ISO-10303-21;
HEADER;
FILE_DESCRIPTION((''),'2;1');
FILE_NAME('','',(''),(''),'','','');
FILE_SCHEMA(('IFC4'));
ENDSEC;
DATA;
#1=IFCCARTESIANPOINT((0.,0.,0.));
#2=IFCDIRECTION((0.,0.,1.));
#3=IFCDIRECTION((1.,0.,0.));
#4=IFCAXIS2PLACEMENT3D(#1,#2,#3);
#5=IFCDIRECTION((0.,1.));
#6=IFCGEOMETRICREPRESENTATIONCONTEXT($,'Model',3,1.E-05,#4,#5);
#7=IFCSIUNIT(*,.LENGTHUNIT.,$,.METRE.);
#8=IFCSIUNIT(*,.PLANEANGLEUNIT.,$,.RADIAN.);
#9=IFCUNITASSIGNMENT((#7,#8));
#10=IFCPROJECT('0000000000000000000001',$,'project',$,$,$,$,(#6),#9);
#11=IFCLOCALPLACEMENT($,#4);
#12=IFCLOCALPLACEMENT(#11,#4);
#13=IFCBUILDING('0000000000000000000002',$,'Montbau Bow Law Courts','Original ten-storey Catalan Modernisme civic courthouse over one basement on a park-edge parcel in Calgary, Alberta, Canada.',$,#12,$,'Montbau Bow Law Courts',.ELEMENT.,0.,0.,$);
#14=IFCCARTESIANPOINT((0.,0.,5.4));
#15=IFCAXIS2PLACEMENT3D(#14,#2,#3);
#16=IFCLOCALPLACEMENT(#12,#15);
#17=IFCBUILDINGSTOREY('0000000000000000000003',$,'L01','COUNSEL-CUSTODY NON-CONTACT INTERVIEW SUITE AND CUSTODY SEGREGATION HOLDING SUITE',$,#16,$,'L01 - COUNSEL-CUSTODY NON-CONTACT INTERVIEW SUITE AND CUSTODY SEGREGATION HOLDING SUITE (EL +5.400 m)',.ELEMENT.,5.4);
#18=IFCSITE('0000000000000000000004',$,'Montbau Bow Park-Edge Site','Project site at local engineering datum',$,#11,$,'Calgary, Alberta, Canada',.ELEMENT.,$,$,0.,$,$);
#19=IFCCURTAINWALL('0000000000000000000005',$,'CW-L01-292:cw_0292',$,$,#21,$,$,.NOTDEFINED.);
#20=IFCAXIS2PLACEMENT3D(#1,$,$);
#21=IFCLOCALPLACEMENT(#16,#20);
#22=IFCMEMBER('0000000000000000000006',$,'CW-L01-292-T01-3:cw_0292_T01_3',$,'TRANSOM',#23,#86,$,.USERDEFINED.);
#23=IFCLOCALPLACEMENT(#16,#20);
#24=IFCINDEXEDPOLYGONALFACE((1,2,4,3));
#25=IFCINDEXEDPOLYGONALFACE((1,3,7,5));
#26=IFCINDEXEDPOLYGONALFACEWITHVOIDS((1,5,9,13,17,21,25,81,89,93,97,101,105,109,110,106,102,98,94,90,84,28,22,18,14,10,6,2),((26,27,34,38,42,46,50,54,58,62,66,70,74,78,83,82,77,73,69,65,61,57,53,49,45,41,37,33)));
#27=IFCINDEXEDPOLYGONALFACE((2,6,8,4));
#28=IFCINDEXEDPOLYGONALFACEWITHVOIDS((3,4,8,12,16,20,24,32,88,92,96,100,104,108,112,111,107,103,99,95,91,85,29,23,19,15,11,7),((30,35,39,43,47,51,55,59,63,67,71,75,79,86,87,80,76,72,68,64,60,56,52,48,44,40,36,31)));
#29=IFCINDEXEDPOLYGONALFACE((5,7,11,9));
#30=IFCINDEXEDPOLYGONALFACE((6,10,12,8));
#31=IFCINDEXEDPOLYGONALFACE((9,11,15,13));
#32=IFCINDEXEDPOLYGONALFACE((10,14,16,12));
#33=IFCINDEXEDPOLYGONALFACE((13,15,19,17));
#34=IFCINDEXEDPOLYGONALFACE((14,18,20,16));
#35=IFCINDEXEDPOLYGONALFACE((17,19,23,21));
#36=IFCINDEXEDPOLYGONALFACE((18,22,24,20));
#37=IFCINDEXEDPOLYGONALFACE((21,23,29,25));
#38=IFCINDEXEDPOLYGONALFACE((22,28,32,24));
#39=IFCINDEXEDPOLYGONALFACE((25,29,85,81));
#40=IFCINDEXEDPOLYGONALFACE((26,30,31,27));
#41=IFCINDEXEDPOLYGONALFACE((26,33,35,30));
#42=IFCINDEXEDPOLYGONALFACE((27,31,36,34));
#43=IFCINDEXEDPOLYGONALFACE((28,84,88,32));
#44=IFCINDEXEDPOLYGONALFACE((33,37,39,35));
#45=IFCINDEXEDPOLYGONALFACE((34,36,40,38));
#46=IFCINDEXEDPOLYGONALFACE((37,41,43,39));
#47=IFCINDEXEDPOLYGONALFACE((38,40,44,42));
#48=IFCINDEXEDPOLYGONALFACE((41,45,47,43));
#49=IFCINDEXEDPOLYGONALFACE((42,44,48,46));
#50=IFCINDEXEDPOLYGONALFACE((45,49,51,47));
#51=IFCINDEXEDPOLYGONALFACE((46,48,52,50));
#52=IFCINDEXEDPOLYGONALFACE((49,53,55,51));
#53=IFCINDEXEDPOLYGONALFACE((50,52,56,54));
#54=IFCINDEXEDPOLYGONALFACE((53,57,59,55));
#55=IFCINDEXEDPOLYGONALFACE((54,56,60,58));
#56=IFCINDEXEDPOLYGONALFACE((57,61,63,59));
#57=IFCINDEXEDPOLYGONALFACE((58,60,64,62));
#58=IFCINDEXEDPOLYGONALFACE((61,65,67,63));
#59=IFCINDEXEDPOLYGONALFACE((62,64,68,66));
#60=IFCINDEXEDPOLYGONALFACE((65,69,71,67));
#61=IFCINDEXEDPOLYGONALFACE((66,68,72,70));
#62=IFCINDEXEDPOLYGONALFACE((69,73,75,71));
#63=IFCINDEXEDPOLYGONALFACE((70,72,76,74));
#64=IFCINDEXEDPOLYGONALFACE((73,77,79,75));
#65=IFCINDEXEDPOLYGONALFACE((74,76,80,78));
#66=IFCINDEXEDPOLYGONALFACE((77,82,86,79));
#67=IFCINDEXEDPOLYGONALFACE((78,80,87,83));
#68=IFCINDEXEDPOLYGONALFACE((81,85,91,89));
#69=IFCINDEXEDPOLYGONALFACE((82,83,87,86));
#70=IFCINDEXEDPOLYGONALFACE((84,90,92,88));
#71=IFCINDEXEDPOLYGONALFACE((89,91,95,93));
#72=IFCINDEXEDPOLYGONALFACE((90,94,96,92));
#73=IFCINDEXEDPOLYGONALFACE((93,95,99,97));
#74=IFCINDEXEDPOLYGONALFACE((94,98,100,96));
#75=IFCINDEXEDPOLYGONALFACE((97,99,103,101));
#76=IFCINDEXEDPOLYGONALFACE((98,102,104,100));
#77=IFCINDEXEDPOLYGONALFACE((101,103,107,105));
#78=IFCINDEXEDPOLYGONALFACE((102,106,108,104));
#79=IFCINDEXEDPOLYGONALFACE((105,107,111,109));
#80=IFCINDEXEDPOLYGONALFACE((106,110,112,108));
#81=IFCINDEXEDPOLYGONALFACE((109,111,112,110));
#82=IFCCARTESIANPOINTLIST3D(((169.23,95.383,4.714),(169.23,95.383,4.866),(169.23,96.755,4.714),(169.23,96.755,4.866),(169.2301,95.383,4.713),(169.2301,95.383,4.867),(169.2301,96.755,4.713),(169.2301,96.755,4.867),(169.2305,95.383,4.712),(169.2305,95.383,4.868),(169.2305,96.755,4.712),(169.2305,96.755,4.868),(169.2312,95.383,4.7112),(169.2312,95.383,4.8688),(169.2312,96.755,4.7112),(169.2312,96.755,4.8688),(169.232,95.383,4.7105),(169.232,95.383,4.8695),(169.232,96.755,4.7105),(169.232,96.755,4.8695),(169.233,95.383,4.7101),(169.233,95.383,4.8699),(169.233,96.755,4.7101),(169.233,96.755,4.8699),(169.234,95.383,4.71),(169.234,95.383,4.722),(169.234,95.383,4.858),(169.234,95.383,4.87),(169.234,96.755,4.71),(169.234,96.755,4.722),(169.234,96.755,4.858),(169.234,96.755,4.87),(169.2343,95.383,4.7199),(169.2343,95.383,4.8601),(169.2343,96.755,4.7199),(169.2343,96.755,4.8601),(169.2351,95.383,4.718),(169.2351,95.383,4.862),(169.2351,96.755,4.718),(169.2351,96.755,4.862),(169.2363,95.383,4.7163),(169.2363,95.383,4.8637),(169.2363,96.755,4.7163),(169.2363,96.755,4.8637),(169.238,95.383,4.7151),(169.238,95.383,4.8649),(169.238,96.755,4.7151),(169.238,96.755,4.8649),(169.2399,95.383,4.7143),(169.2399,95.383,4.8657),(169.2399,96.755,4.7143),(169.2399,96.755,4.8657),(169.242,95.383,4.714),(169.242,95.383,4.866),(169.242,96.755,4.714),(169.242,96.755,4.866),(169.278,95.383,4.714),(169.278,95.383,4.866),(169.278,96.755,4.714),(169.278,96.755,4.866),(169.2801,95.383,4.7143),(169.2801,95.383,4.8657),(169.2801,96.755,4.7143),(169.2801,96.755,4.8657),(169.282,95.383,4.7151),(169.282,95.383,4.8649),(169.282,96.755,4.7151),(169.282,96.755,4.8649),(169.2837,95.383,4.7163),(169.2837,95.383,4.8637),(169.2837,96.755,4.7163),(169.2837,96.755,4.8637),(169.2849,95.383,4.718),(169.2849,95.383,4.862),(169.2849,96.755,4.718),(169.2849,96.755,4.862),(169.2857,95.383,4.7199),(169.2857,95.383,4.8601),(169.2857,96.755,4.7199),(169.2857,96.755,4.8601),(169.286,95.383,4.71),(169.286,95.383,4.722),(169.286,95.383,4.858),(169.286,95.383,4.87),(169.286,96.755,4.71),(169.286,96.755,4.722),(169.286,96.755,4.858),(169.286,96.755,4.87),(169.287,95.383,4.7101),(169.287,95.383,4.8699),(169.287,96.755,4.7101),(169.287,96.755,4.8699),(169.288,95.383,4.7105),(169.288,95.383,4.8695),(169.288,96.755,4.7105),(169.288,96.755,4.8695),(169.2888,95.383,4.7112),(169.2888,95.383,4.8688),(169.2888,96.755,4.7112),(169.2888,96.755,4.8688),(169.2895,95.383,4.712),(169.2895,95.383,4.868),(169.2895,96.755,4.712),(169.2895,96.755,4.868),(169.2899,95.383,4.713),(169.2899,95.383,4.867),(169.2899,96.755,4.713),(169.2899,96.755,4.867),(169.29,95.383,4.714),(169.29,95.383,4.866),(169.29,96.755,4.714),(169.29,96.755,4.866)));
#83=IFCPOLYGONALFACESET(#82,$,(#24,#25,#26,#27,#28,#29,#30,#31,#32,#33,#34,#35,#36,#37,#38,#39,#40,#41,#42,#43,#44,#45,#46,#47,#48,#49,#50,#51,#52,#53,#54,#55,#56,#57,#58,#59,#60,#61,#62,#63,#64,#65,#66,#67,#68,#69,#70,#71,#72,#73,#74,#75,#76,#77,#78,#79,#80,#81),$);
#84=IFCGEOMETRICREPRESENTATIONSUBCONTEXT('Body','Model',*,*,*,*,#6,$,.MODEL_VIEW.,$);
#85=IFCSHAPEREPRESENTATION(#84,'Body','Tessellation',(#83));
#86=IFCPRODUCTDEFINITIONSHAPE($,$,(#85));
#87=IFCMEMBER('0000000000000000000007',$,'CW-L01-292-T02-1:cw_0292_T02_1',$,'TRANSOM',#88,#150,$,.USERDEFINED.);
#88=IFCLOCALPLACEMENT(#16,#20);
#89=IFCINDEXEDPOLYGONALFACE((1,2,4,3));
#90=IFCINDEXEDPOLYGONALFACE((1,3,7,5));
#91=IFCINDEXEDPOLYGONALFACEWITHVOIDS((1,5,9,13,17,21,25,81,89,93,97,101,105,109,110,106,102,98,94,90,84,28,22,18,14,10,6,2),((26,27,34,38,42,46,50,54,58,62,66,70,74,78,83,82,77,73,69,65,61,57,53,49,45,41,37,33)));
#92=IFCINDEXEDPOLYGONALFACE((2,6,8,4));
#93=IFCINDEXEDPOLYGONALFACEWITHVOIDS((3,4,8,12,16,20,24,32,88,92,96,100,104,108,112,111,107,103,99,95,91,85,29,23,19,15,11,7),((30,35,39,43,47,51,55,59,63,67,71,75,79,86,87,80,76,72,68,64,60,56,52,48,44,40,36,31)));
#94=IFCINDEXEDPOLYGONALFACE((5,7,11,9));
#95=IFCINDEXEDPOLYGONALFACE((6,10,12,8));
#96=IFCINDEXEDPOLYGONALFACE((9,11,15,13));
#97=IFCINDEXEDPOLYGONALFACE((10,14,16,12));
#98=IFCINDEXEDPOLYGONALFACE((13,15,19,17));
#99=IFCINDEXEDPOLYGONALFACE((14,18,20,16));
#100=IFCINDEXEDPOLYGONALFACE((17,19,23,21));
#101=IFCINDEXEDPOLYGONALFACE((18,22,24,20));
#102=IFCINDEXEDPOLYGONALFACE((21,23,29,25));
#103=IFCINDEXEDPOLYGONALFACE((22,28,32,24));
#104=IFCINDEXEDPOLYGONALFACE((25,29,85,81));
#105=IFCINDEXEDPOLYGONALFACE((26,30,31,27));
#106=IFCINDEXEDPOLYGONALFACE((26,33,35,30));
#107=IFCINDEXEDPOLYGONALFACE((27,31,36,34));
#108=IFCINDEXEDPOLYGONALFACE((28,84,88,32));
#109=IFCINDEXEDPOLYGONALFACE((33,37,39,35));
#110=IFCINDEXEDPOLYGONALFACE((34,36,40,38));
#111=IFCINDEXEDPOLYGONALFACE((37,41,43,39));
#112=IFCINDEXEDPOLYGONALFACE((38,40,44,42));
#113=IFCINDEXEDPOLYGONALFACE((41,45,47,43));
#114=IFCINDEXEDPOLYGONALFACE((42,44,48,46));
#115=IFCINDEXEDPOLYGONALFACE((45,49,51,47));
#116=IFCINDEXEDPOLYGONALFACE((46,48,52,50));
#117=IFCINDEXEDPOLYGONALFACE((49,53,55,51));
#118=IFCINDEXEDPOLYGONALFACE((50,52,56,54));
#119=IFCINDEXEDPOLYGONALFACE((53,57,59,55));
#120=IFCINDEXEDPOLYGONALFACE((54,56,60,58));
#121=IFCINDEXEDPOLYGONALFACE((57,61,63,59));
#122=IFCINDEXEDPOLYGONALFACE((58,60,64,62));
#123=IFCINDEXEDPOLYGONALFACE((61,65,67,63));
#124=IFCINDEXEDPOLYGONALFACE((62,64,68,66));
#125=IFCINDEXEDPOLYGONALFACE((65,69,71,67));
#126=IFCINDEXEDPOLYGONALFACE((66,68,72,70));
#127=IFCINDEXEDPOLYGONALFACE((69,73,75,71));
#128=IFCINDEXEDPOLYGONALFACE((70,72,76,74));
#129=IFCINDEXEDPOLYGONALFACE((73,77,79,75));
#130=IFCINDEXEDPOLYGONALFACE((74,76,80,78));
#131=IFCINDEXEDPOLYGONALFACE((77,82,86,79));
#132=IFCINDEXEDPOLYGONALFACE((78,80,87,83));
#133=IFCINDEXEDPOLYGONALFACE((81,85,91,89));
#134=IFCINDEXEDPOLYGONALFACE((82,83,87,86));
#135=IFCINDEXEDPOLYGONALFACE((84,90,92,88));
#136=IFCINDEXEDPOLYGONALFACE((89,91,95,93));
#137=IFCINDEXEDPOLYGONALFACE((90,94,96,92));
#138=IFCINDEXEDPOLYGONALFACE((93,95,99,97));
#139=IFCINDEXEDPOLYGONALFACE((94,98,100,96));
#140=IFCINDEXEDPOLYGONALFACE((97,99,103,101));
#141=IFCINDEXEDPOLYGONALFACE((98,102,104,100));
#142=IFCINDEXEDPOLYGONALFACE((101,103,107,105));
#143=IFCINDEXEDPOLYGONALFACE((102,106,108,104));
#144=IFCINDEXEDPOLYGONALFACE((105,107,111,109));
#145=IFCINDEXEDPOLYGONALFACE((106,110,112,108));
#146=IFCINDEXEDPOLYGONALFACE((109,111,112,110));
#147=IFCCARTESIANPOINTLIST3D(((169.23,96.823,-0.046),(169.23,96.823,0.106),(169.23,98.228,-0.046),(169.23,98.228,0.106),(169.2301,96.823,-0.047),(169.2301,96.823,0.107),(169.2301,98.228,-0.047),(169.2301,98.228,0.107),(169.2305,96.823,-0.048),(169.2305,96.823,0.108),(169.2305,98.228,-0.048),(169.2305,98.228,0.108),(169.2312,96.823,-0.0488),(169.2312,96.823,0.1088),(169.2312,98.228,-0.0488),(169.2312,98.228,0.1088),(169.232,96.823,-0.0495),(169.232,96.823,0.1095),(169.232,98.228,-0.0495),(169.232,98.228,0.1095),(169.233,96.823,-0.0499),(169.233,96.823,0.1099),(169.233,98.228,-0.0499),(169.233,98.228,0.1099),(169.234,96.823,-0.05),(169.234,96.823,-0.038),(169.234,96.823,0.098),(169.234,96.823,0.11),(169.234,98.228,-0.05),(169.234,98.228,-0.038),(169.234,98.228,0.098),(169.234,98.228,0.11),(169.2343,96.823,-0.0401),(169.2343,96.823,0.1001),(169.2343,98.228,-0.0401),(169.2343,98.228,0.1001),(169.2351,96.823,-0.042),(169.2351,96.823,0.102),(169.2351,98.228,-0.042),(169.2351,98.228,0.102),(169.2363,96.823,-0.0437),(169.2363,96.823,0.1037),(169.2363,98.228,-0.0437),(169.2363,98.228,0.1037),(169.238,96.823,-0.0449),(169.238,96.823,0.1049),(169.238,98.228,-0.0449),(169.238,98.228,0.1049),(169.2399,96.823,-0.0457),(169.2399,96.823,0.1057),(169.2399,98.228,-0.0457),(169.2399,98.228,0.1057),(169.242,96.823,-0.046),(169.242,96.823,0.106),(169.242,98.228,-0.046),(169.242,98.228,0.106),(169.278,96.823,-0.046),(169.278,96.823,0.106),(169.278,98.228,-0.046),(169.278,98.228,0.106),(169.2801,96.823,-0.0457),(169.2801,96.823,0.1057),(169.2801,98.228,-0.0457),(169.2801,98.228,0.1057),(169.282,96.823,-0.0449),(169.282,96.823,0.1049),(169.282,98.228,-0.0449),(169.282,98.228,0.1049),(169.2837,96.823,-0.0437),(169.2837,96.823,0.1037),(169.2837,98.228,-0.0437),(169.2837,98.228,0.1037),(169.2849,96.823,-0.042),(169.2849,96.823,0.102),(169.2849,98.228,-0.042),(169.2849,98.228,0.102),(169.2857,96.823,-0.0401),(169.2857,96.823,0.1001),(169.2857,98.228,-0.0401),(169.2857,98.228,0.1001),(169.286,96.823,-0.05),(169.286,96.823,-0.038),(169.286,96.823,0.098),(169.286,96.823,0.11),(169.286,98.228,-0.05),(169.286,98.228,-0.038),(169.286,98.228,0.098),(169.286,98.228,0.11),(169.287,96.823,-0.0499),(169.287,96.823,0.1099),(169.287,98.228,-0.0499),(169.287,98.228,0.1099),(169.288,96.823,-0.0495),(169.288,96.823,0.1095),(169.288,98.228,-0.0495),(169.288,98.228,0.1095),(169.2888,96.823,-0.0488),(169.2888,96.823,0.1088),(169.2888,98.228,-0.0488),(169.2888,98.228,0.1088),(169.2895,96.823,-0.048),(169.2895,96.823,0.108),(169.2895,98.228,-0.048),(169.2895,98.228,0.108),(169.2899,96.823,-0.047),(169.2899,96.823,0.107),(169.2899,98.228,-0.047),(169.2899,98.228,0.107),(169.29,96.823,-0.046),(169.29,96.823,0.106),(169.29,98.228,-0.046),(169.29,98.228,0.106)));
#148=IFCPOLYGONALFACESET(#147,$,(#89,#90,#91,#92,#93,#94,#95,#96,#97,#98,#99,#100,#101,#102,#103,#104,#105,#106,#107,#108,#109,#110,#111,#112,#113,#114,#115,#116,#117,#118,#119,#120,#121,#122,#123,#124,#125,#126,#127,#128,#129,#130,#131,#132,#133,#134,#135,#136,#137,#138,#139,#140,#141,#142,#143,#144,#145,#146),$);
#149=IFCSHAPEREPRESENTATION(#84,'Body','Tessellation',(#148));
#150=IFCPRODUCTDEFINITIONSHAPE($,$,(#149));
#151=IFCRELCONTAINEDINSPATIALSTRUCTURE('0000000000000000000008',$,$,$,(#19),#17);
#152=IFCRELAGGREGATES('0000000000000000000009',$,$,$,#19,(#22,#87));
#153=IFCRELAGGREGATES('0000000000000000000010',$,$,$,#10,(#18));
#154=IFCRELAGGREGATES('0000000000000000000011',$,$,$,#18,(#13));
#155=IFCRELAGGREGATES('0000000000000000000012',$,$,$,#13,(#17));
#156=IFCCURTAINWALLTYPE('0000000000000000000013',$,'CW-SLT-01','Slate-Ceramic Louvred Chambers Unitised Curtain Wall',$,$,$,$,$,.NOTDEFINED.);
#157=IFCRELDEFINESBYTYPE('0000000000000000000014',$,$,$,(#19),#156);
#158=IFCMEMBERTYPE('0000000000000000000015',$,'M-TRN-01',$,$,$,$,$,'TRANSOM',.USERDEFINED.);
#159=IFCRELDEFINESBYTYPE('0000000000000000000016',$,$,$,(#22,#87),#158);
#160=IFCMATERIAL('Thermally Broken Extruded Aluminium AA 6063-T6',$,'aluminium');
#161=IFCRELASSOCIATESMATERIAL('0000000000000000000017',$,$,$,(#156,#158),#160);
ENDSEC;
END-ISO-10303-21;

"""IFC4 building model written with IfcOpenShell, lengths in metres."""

from ifc_helpers import new_model, si_unit, direction, frame, origin_with_axes, origin_2d_with_axis, place, context, subcontext, project, spatial, hollow_rectangle, extrude, material, material_profile, profile_set, type_object, element, aggregate, save


model = new_model("IFC4")

# Units and contexts
model_context = context("Model", 3, precision=1e-05, world=origin_with_axes(), true_north=direction((0.0, 1.0)))
body_context = subcontext(model_context, "Body", "Model", "MODEL_VIEW")
ifc_project = project(units=[si_unit("LENGTHUNIT", "METRE"), si_unit("PLANEANGLEUNIT", "RADIAN")], contexts=[model_context])

# Site, building, storey
site_placement = place(None, origin_with_axes())
site = spatial("IfcSite", under=ifc_project, at=site_placement, Name="Montbau Bow Park-Edge Site", Description="Project site at local engineering datum", LongName="Calgary, Alberta, Canada", CompositionType="ELEMENT", RefElevation=0.0)
building_placement = place(site_placement, origin_with_axes())
building = spatial("IfcBuilding", under=site, at=building_placement, Name="Montbau Bow Law Courts", Description="Original ten-storey Catalan Modernisme civic courthouse over one basement on a park-edge parcel in Calgary, Alberta, Canada.", LongName="Montbau Bow Law Courts", CompositionType="ELEMENT", ElevationOfRefHeight=0.0, ElevationOfTerrain=0.0)
storey_placement = place(building_placement, frame((0.0, 0.0, 5.4), z_axis=(0.0, 0.0, 1.0), x_axis=(1.0, 0.0, 0.0)))
storey = spatial("IfcBuildingStorey", under=building, at=storey_placement, Name="L01", Description="COUNSEL-CUSTODY NON-CONTACT INTERVIEW SUITE AND CUSTODY SEGREGATION HOLDING SUITE", LongName="L01 - COUNSEL-CUSTODY NON-CONTACT INTERVIEW SUITE AND CUSTODY SEGREGATION HOLDING SUITE (EL +5.400 m)", CompositionType="ELEMENT", Elevation=5.4)

# Curtain wall, members
ifc_material_1 = material(Name="Thermally Broken Extruded Aluminium AA 6063-T6", Category="aluminium")
curtain_wall_type = type_object("IfcCurtainWallType", Name="CW-SLT-01", Description="Slate-Ceramic Louvred Chambers Unitised Curtain Wall", PredefinedType="NOTDEFINED", material=ifc_material_1)
curtain_wall_1_placement = place(None, frame((169.26, 95.315, 5.4), z_axis=(0.0, 0.0, 1.0), x_axis=(1.0, 0.0, 0.0)))
curtain_wall_1 = element("IfcCurtainWall", 1, at=curtain_wall_1_placement, inside=storey, type_object=curtain_wall_type, Name="CW-L01-292:cw_0292", PredefinedType="NOTDEFINED")
ifc_material_profile_1 = material_profile(ifc_material_1, hollow_rectangle(XDim=0.06, YDim=0.16, WallThickness=0.004, InnerFilletRadius=0.008, OuterFilletRadius=0.004, at=origin_2d_with_axis()), Name="CWT-160X60", Category="Main", Priority=0)
ifc_profile_set_1 = profile_set([ifc_material_profile_1], Name="Thermally Broken Extruded Aluminium AA 6063-T6")
member_type_1 = type_object("IfcMemberType", Name="M-TRN-01", ElementType="TRANSOM", PredefinedType="USERDEFINED", material=ifc_profile_set_1)
member_1_placement = place(None, frame((169.26, 95.383, 10.19), z_axis=(0.0, 1.0, 0.0), x_axis=(-1.0, 0.0, 0.0)))
member_1 = element("IfcMember", 2, at=member_1_placement, type_object=member_type_1, Name="CW-L01-292-T01-3:cw_0292_T01_3", ObjectType="TRANSOM", PredefinedType="USERDEFINED", context=body_context, shape_type="SweptSolid", body=[
    extrude(hollow_rectangle(XDim=0.06, YDim=0.16, WallThickness=0.004, InnerFilletRadius=0.008, OuterFilletRadius=0.004, at=origin_2d_with_axis()), origin_with_axes(), (0.0, 0.0, 1.0), 1.372),
])
member_2_placement = place(None, frame((169.26, 96.823, 5.43), z_axis=(0.0, 1.0, 0.0), x_axis=(-1.0, 0.0, 0.0)))
member_2 = element("IfcMember", 3, at=member_2_placement, type_object=member_type_1, Name="CW-L01-292-T02-1:cw_0292_T02_1", ObjectType="TRANSOM", PredefinedType="USERDEFINED", context=body_context, shape_type="SweptSolid", body=[
    extrude(hollow_rectangle(XDim=0.06, YDim=0.16, WallThickness=0.004, InnerFilletRadius=0.008, OuterFilletRadius=0.004, at=origin_2d_with_axis()), origin_with_axes(), (0.0, 0.0, 1.0), 1.405),
])

aggregate(curtain_wall_1, [member_1, member_2])

save(model, "model.ifc")
